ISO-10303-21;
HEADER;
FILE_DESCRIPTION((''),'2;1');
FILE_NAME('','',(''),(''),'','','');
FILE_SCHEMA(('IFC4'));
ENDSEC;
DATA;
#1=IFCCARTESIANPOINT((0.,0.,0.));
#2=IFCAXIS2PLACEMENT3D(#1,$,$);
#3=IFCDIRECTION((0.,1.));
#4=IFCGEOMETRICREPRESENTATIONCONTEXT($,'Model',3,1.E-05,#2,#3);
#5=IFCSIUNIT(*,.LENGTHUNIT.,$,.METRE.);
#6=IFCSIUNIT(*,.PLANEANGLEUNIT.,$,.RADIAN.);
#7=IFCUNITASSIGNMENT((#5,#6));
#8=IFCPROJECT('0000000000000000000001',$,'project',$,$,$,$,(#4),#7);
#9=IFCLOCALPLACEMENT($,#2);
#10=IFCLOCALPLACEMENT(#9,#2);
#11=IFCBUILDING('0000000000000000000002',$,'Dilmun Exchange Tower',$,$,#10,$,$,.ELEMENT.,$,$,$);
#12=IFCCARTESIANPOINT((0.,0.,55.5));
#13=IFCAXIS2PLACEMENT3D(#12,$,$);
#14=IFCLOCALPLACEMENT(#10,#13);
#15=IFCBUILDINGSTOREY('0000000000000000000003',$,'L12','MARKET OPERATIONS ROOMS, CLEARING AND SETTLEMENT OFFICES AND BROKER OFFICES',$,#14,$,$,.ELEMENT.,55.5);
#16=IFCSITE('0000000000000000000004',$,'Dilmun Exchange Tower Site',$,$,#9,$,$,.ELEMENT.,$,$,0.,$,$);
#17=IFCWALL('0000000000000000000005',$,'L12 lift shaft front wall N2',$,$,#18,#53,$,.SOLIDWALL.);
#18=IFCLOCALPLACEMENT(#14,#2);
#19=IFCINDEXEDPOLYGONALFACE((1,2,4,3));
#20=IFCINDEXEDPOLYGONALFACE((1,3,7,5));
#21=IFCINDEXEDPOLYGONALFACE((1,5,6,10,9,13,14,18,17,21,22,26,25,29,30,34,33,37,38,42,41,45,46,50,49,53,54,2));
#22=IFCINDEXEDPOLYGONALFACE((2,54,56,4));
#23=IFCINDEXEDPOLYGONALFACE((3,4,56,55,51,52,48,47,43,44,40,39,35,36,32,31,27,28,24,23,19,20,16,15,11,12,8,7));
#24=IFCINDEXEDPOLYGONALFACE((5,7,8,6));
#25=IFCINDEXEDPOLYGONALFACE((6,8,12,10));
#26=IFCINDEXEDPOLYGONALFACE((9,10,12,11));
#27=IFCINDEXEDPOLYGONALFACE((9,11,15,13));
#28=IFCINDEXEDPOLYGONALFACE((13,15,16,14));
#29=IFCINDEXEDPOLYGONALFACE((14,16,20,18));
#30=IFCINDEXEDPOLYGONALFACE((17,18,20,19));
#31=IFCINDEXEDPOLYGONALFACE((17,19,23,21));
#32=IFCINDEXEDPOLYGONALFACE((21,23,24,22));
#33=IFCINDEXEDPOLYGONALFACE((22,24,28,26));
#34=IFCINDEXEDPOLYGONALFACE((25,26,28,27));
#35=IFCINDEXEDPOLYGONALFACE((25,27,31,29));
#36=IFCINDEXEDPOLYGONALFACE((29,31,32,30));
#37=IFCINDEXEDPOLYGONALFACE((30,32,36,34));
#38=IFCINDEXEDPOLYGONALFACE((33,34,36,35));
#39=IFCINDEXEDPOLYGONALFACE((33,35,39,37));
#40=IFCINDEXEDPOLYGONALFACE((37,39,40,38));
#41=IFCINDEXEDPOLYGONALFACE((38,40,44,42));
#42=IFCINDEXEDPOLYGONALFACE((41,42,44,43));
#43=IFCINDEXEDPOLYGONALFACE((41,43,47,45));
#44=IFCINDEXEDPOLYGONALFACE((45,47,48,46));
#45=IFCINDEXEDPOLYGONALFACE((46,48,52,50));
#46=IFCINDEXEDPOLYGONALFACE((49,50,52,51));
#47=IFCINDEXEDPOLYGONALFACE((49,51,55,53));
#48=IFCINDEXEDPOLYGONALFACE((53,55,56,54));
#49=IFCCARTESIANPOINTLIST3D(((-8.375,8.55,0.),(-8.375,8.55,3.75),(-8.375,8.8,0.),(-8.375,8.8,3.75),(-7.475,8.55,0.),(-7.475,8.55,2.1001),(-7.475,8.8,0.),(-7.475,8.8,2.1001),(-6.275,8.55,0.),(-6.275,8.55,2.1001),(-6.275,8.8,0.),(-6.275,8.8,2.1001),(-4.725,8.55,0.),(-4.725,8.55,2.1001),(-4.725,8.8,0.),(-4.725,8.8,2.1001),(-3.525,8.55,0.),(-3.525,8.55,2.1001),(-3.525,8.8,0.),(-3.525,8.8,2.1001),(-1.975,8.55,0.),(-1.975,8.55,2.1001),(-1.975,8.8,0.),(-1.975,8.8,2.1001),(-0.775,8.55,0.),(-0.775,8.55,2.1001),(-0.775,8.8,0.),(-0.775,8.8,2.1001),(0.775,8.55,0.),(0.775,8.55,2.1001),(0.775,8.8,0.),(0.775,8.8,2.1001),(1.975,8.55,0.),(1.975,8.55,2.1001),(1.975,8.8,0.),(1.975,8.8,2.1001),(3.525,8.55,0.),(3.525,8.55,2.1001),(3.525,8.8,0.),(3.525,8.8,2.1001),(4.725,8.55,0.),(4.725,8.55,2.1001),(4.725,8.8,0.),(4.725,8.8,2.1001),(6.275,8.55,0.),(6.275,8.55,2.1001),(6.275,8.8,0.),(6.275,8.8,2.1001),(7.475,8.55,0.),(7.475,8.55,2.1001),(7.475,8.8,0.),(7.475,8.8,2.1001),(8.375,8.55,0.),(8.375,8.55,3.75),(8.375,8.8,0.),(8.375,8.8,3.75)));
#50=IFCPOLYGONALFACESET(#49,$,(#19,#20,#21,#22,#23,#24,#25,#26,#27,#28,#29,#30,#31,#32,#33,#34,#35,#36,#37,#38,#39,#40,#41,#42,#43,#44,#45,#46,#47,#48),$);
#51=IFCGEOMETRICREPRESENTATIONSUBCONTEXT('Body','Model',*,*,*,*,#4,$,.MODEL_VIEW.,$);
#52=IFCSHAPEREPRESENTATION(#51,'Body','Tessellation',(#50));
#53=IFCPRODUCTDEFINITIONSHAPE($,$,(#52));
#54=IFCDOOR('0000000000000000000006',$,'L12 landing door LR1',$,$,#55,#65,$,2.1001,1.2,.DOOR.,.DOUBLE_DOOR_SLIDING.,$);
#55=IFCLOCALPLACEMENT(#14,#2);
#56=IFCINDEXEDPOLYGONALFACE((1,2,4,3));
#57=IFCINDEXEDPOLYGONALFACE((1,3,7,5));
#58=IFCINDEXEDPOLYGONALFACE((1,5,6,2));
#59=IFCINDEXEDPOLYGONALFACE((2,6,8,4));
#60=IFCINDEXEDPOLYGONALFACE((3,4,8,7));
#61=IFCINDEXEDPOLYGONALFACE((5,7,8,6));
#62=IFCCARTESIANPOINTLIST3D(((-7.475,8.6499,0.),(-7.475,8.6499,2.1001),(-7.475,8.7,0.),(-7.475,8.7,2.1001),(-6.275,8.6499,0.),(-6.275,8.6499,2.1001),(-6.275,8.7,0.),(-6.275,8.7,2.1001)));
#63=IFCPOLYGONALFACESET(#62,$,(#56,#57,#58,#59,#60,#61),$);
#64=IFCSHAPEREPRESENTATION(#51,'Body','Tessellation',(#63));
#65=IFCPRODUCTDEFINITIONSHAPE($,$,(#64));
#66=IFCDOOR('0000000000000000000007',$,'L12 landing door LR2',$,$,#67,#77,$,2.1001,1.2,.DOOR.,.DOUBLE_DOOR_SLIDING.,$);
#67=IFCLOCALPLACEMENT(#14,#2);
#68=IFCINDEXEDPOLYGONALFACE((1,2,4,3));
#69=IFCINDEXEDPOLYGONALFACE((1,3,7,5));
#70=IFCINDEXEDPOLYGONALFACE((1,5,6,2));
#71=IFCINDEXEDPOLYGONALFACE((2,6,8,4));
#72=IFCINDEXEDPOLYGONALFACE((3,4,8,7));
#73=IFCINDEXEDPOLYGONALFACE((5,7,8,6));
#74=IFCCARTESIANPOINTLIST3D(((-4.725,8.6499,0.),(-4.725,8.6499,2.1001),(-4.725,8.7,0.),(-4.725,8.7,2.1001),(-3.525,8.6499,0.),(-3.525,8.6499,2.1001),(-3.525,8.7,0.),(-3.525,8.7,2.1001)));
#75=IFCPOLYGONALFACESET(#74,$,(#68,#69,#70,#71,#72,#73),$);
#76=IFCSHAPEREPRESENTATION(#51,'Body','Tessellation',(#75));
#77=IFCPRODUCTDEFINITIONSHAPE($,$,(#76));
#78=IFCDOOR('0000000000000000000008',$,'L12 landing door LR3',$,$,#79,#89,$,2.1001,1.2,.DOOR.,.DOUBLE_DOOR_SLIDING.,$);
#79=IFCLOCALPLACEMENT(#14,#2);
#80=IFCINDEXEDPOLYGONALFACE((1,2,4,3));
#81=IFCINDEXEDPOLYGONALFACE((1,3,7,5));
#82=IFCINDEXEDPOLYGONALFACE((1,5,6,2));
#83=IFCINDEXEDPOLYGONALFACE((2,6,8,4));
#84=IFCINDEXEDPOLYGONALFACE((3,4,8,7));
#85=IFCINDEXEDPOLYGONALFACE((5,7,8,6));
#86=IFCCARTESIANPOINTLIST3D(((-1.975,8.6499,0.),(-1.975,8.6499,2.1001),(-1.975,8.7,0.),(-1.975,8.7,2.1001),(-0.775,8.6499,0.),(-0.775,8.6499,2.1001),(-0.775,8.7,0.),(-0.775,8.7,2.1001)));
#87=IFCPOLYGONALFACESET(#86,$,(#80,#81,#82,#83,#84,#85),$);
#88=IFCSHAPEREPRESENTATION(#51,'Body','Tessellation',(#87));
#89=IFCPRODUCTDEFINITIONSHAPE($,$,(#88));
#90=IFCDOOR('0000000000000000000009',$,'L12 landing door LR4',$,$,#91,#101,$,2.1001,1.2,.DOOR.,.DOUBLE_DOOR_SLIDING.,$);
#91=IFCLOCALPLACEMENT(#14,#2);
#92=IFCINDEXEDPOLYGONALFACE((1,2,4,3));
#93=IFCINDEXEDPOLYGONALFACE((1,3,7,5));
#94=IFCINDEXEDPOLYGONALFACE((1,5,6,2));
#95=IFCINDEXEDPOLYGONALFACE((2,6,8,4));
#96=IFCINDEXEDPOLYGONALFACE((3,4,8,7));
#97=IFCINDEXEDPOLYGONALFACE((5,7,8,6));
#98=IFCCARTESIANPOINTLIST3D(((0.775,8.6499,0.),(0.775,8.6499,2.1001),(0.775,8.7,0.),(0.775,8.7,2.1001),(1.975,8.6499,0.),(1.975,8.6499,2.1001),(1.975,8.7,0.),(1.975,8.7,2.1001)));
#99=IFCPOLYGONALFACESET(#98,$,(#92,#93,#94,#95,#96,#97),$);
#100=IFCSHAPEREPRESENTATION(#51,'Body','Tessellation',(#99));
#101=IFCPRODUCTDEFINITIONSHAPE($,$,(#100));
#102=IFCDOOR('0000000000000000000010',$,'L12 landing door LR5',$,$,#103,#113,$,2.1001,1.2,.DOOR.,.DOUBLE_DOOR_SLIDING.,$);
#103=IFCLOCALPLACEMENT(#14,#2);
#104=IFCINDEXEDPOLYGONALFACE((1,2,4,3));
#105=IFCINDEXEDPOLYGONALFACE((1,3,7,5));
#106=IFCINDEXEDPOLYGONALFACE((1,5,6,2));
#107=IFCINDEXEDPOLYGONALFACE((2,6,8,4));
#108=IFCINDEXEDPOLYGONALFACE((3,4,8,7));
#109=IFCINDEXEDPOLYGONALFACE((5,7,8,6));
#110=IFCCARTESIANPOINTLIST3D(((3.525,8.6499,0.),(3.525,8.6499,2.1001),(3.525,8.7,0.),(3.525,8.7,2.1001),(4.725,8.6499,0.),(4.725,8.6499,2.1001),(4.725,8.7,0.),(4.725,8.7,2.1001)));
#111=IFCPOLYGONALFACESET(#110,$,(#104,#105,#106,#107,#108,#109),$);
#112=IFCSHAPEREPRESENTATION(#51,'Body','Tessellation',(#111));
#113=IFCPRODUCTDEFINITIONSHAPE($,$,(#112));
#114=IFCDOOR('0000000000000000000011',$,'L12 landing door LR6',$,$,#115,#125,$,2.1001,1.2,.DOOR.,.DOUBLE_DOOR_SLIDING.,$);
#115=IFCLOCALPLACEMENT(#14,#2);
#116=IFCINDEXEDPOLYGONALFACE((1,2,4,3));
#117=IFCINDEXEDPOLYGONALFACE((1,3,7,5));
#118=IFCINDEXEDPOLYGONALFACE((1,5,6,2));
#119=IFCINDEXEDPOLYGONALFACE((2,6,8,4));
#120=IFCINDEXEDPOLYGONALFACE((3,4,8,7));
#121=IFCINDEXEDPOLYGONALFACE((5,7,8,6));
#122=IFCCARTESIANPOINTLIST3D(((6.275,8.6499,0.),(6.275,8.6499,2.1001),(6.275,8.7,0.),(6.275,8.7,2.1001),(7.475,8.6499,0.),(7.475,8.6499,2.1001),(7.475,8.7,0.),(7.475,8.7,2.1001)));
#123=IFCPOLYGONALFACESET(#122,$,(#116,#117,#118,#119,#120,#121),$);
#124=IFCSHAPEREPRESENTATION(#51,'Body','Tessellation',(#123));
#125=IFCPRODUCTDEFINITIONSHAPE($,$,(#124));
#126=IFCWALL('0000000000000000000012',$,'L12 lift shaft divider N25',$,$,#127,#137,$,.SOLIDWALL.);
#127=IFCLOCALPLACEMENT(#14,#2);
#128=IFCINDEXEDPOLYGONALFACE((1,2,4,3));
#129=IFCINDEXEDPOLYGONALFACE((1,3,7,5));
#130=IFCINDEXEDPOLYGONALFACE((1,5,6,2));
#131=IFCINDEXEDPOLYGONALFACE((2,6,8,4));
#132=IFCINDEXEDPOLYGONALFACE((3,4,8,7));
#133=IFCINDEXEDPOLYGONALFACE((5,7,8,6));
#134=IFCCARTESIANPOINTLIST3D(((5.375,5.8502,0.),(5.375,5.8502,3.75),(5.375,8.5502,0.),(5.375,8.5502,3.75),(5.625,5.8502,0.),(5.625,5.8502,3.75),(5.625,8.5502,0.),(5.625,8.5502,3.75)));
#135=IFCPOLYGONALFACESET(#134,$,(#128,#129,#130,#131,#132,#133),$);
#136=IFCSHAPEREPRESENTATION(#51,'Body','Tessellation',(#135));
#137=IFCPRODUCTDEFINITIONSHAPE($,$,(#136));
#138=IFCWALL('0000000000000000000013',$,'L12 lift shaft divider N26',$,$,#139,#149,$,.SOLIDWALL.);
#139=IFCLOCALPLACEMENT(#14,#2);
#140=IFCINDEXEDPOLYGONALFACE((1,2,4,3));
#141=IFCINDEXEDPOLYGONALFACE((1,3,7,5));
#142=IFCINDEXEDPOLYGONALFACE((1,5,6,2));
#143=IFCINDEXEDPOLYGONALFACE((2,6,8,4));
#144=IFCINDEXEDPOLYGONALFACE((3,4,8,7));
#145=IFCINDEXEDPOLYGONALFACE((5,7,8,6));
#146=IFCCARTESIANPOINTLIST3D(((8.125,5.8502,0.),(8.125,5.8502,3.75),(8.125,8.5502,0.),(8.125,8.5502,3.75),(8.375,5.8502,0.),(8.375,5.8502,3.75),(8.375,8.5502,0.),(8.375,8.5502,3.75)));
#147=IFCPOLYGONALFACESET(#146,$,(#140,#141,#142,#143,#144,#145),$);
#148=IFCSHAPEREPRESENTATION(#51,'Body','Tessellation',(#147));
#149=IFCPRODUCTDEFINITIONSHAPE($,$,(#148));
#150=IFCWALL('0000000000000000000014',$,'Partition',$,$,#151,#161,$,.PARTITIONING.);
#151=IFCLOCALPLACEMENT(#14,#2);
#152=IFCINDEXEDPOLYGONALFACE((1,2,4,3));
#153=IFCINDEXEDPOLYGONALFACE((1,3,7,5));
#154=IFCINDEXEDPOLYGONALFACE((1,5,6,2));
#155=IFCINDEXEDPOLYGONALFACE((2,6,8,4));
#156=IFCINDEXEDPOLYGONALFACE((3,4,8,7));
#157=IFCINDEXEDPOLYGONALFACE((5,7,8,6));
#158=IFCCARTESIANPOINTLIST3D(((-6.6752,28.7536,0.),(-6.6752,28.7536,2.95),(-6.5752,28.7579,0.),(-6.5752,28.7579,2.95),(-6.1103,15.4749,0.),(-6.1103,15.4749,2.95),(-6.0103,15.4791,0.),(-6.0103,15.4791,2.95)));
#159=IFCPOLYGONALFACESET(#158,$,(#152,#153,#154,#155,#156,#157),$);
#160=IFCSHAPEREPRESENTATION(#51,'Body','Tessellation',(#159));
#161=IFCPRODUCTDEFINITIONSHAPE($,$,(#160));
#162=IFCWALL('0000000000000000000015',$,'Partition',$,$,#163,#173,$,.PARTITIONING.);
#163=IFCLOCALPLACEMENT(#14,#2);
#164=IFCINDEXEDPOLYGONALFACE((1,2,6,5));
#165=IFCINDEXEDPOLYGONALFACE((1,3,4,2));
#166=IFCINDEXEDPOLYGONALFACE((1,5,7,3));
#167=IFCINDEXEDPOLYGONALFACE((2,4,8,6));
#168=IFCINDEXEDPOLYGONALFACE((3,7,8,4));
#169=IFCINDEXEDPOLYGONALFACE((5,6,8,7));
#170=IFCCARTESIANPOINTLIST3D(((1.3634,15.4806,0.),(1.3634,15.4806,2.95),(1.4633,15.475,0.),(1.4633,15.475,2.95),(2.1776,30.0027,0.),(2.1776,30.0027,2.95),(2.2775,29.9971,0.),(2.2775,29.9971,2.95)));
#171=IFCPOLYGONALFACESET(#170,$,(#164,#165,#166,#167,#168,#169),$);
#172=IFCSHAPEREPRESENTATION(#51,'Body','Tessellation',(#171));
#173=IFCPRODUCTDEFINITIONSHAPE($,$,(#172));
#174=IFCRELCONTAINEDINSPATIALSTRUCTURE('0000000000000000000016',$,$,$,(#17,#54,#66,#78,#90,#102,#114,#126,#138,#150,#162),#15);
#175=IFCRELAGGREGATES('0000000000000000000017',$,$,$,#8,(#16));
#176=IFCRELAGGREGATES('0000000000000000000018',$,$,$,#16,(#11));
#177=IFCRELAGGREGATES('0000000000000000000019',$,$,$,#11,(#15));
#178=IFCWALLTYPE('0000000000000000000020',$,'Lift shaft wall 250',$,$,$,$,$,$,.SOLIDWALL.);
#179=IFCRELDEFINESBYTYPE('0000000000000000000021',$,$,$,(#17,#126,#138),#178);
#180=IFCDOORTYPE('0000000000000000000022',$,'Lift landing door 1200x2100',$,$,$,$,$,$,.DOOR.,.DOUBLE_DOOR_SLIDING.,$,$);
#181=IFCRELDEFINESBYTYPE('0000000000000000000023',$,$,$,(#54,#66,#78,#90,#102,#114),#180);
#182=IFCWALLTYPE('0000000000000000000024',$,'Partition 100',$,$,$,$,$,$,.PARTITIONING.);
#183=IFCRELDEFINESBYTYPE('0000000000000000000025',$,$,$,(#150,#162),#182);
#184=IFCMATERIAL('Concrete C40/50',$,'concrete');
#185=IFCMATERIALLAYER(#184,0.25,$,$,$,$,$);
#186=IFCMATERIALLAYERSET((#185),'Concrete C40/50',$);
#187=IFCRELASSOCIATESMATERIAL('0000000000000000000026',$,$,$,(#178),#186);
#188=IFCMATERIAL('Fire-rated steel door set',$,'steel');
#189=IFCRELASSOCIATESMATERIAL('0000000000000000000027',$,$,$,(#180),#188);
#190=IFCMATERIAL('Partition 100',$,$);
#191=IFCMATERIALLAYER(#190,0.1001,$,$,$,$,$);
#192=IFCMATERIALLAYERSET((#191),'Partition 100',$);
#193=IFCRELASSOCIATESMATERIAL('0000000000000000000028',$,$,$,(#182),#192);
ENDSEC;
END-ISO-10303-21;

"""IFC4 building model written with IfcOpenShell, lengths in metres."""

from ifc_helpers import new_model, si_unit, direction, frame, frame_2d, origin, place, context, subcontext, project, spatial, rectangle, extrude, material, layer, layer_set, type_object, element, fill, save


model = new_model("IFC4")

# Units and contexts
model_context = context("Model", 3, precision=1e-05, world=origin(), true_north=direction((0.0, 1.0)))
body_context = subcontext(model_context, "Body", "Model", "MODEL_VIEW")
ifc_project = project(units=[si_unit("LENGTHUNIT", "METRE"), si_unit("PLANEANGLEUNIT", "RADIAN")], contexts=[model_context])

# Site, building, storey
site_placement = place(None, origin())
site = spatial("IfcSite", under=ifc_project, at=site_placement, Name="Dilmun Exchange Tower Site", CompositionType="ELEMENT", RefElevation=0.0)
building_placement = place(site_placement, origin())
building = spatial("IfcBuilding", under=site, at=building_placement, Name="Dilmun Exchange Tower", CompositionType="ELEMENT")
storey_placement = place(building_placement, frame((0.0, 0.0, 55.5)))
storey = spatial("IfcBuildingStorey", under=building, at=storey_placement, Name="L12", Description="MARKET OPERATIONS ROOMS, CLEARING AND SETTLEMENT OFFICES AND BROKER OFFICES", CompositionType="ELEMENT", Elevation=55.5)

# Shared definitions
ifc_material_1 = material(Name="Concrete C40/50", Category="concrete")

# Shared definitions
ifc_material_2 = material(Name="Fire-rated steel door set", Category="steel")

# Wall, openings, doors
ifc_layer_1 = layer(ifc_material_1, 0.25)
ifc_layer_set_1 = layer_set([ifc_layer_1], Name="Concrete C40/50")
wall_type_1 = type_object("IfcWallType", Name="Lift shaft wall 250", PredefinedType="SOLIDWALL", material=ifc_layer_set_1)
wall_1_placement = place(storey_placement, frame((-8.375, 8.675, 0.0), z_axis=(0.0, 0.0, 1.0), x_axis=(1.0, 0.0, 0.0)))
wall_1 = element("IfcWall", 1, at=wall_1_placement, inside=storey, type_object=wall_type_1, Name="L12 lift shaft front wall N2", PredefinedType="SOLIDWALL", context=body_context, shape_type="SweptSolid", body=[
    extrude(rectangle(XDim=16.75, YDim=0.25, at=frame_2d((8.375, 0.0))), origin(), (0.0, 0.0, 1.0), 3.75),
])
opening_1_placement = place(wall_1_placement, frame((0.8999, 0.0, 0.0)))
opening_1 = element("IfcOpeningElement", 2, at=opening_1_placement, cuts=wall_1, PredefinedType="OPENING", context=body_context, shape_type="SweptSolid", body=[
    extrude(rectangle(XDim=1.2, YDim=2.1001, at=frame_2d((0.6001, 1.05))), frame((0.0, 0.135, 0.0), z_axis=(0.0, -1.0, 0.0), x_axis=(1.0, 0.0, 0.0)), (0.0, 0.0, 1.0), 0.27),
])
opening_2_placement = place(wall_1_placement, frame((3.6499, 0.0, 0.0)))
opening_2 = element("IfcOpeningElement", 3, at=opening_2_placement, cuts=wall_1, PredefinedType="OPENING", context=body_context, shape_type="SweptSolid", body=[
    extrude(rectangle(XDim=1.2, YDim=2.1001, at=frame_2d((0.6001, 1.05))), frame((0.0, 0.135, 0.0), z_axis=(0.0, -1.0, 0.0), x_axis=(1.0, 0.0, 0.0)), (0.0, 0.0, 1.0), 0.27),
])
opening_3_placement = place(wall_1_placement, frame((6.3999, 0.0, 0.0)))
opening_3 = element("IfcOpeningElement", 4, at=opening_3_placement, cuts=wall_1, PredefinedType="OPENING", context=body_context, shape_type="SweptSolid", body=[
    extrude(rectangle(XDim=1.2, YDim=2.1001, at=frame_2d((0.6001, 1.05))), frame((0.0, 0.135, 0.0), z_axis=(0.0, -1.0, 0.0), x_axis=(1.0, 0.0, 0.0)), (0.0, 0.0, 1.0), 0.27),
])
opening_4_placement = place(wall_1_placement, frame((9.1499, 0.0, 0.0)))
opening_4 = element("IfcOpeningElement", 5, at=opening_4_placement, cuts=wall_1, PredefinedType="OPENING", context=body_context, shape_type="SweptSolid", body=[
    extrude(rectangle(XDim=1.2, YDim=2.1001, at=frame_2d((0.6001, 1.05))), frame((0.0, 0.135, 0.0), z_axis=(0.0, -1.0, 0.0), x_axis=(1.0, 0.0, 0.0)), (0.0, 0.0, 1.0), 0.27),
])
opening_5_placement = place(wall_1_placement, frame((11.8999, 0.0, 0.0)))
opening_5 = element("IfcOpeningElement", 6, at=opening_5_placement, cuts=wall_1, PredefinedType="OPENING", context=body_context, shape_type="SweptSolid", body=[
    extrude(rectangle(XDim=1.2, YDim=2.1001, at=frame_2d((0.6001, 1.05))), frame((0.0, 0.135, 0.0), z_axis=(0.0, -1.0, 0.0), x_axis=(1.0, 0.0, 0.0)), (0.0, 0.0, 1.0), 0.27),
])
opening_6_placement = place(wall_1_placement, frame((14.6499, 0.0, 0.0)))
opening_6 = element("IfcOpeningElement", 7, at=opening_6_placement, cuts=wall_1, PredefinedType="OPENING", context=body_context, shape_type="SweptSolid", body=[
    extrude(rectangle(XDim=1.2, YDim=2.1001, at=frame_2d((0.6001, 1.05))), frame((0.0, 0.135, 0.0), z_axis=(0.0, -1.0, 0.0), x_axis=(1.0, 0.0, 0.0)), (0.0, 0.0, 1.0), 0.27),
])
door_type_1 = type_object("IfcDoorType", Name="Lift landing door 1200x2100", OperationType="DOUBLE_DOOR_SLIDING", PredefinedType="DOOR", material=ifc_material_2)
door_1_placement = place(opening_1_placement, origin())
door_1 = element("IfcDoor", 8, at=door_1_placement, inside=storey, type_object=door_type_1, Name="L12 landing door LR1", OperationType="DOUBLE_DOOR_SLIDING", OverallHeight=2.1001, OverallWidth=1.2, PredefinedType="DOOR", context=body_context, shape_type="SweptSolid", body=[
    extrude(rectangle(XDim=1.2, YDim=2.1001, at=frame_2d((0.6001, 1.05))), frame((0.0, 0.0249, 0.0), z_axis=(0.0, -1.0, 0.0), x_axis=(1.0, 0.0, 0.0)), (0.0, 0.0, 1.0), 0.05),
])
fill(opening_1, door_1)
door_2_placement = place(opening_2_placement, origin())
door_2 = element("IfcDoor", 9, at=door_2_placement, inside=storey, type_object=door_type_1, Name="L12 landing door LR2", OperationType="DOUBLE_DOOR_SLIDING", OverallHeight=2.1001, OverallWidth=1.2, PredefinedType="DOOR", context=body_context, shape_type="SweptSolid", body=[
    extrude(rectangle(XDim=1.2, YDim=2.1001, at=frame_2d((0.6001, 1.05))), frame((0.0, 0.0249, 0.0), z_axis=(0.0, -1.0, 0.0), x_axis=(1.0, 0.0, 0.0)), (0.0, 0.0, 1.0), 0.05),
])
fill(opening_2, door_2)
door_3_placement = place(opening_3_placement, origin())
door_3 = element("IfcDoor", 10, at=door_3_placement, inside=storey, type_object=door_type_1, Name="L12 landing door LR3", OperationType="DOUBLE_DOOR_SLIDING", OverallHeight=2.1001, OverallWidth=1.2, PredefinedType="DOOR", context=body_context, shape_type="SweptSolid", body=[
    extrude(rectangle(XDim=1.2, YDim=2.1001, at=frame_2d((0.6001, 1.05))), frame((0.0, 0.0249, 0.0), z_axis=(0.0, -1.0, 0.0), x_axis=(1.0, 0.0, 0.0)), (0.0, 0.0, 1.0), 0.05),
])
fill(opening_3, door_3)
door_4_placement = place(opening_4_placement, origin())
door_4 = element("IfcDoor", 11, at=door_4_placement, inside=storey, type_object=door_type_1, Name="L12 landing door LR4", OperationType="DOUBLE_DOOR_SLIDING", OverallHeight=2.1001, OverallWidth=1.2, PredefinedType="DOOR", context=body_context, shape_type="SweptSolid", body=[
    extrude(rectangle(XDim=1.2, YDim=2.1001, at=frame_2d((0.6001, 1.05))), frame((0.0, 0.0249, 0.0), z_axis=(0.0, -1.0, 0.0), x_axis=(1.0, 0.0, 0.0)), (0.0, 0.0, 1.0), 0.05),
])
fill(opening_4, door_4)
door_5_placement = place(opening_5_placement, origin())
door_5 = element("IfcDoor", 12, at=door_5_placement, inside=storey, type_object=door_type_1, Name="L12 landing door LR5", OperationType="DOUBLE_DOOR_SLIDING", OverallHeight=2.1001, OverallWidth=1.2, PredefinedType="DOOR", context=body_context, shape_type="SweptSolid", body=[
    extrude(rectangle(XDim=1.2, YDim=2.1001, at=frame_2d((0.6001, 1.05))), frame((0.0, 0.0249, 0.0), z_axis=(0.0, -1.0, 0.0), x_axis=(1.0, 0.0, 0.0)), (0.0, 0.0, 1.0), 0.05),
])
fill(opening_5, door_5)
door_6_placement = place(opening_6_placement, origin())
door_6 = element("IfcDoor", 13, at=door_6_placement, inside=storey, type_object=door_type_1, Name="L12 landing door LR6", OperationType="DOUBLE_DOOR_SLIDING", OverallHeight=2.1001, OverallWidth=1.2, PredefinedType="DOOR", context=body_context, shape_type="SweptSolid", body=[
    extrude(rectangle(XDim=1.2, YDim=2.1001, at=frame_2d((0.6001, 1.05))), frame((0.0, 0.0249, 0.0), z_axis=(0.0, -1.0, 0.0), x_axis=(1.0, 0.0, 0.0)), (0.0, 0.0, 1.0), 0.05),
])
fill(opening_6, door_6)

# Walls
for number, where, z_axis, x_axis, name in (
    (14, (5.5, 5.8501, 0.0), (0.0, 0.0, 1.0), (0.0, 1.0, 0.0), "L12 lift shaft divider N25"),
    (15, (8.25, 5.8501, 0.0), (0.0, 0.0, 1.0), (0.0, 1.0, 0.0), "L12 lift shaft divider N26"),
):
    element("IfcWall", number, at=place(storey_placement, frame(where, z_axis=z_axis, x_axis=x_axis)), inside=storey, type_object=wall_type_1, Name=name, PredefinedType="SOLIDWALL", context=body_context, shape_type="SweptSolid", body=[
        extrude(rectangle(XDim=2.7, YDim=0.25, at=frame_2d((1.3501, 0.0))), origin(), (0.0, 0.0, 1.0), 3.75),
    ])
ifc_material_3 = material(Name="Partition 100")
ifc_layer_2 = layer(ifc_material_3, 0.1001)
ifc_layer_set_2 = layer_set([ifc_layer_2], Name="Partition 100")
wall_type_2 = type_object("IfcWallType", Name="Partition 100", PredefinedType="PARTITIONING", material=ifc_layer_set_2)
wall_2_placement = place(storey_placement, frame((-6.6252, 28.7559, 0.0), z_axis=(0.0, 0.0, 1.0), x_axis=(0.042506, -0.999096, 0.0)))
element("IfcWall", 16, at=wall_2_placement, inside=storey, type_object=wall_type_2, Name="Partition", PredefinedType="PARTITIONING", context=body_context, shape_type="SweptSolid", body=[
    extrude(rectangle(XDim=13.2908, YDim=0.1001, at=frame_2d((6.6455, 0.0))), origin(), (0.0, 0.0, 1.0), 2.95),
])
wall_3_placement = place(storey_placement, frame((1.4133, 15.4778, 0.0), z_axis=(0.0, 0.0, 1.0), x_axis=(0.055979, 0.998432, 0.0)))
element("IfcWall", 17, at=wall_3_placement, inside=storey, type_object=wall_type_2, Name="Partition", PredefinedType="PARTITIONING", context=body_context, shape_type="SweptSolid", body=[
    extrude(rectangle(XDim=14.5449, YDim=0.1001, at=frame_2d((7.2725, 0.0))), origin(), (0.0, 0.0, 1.0), 2.95),
])

save(model, "model.ifc")
